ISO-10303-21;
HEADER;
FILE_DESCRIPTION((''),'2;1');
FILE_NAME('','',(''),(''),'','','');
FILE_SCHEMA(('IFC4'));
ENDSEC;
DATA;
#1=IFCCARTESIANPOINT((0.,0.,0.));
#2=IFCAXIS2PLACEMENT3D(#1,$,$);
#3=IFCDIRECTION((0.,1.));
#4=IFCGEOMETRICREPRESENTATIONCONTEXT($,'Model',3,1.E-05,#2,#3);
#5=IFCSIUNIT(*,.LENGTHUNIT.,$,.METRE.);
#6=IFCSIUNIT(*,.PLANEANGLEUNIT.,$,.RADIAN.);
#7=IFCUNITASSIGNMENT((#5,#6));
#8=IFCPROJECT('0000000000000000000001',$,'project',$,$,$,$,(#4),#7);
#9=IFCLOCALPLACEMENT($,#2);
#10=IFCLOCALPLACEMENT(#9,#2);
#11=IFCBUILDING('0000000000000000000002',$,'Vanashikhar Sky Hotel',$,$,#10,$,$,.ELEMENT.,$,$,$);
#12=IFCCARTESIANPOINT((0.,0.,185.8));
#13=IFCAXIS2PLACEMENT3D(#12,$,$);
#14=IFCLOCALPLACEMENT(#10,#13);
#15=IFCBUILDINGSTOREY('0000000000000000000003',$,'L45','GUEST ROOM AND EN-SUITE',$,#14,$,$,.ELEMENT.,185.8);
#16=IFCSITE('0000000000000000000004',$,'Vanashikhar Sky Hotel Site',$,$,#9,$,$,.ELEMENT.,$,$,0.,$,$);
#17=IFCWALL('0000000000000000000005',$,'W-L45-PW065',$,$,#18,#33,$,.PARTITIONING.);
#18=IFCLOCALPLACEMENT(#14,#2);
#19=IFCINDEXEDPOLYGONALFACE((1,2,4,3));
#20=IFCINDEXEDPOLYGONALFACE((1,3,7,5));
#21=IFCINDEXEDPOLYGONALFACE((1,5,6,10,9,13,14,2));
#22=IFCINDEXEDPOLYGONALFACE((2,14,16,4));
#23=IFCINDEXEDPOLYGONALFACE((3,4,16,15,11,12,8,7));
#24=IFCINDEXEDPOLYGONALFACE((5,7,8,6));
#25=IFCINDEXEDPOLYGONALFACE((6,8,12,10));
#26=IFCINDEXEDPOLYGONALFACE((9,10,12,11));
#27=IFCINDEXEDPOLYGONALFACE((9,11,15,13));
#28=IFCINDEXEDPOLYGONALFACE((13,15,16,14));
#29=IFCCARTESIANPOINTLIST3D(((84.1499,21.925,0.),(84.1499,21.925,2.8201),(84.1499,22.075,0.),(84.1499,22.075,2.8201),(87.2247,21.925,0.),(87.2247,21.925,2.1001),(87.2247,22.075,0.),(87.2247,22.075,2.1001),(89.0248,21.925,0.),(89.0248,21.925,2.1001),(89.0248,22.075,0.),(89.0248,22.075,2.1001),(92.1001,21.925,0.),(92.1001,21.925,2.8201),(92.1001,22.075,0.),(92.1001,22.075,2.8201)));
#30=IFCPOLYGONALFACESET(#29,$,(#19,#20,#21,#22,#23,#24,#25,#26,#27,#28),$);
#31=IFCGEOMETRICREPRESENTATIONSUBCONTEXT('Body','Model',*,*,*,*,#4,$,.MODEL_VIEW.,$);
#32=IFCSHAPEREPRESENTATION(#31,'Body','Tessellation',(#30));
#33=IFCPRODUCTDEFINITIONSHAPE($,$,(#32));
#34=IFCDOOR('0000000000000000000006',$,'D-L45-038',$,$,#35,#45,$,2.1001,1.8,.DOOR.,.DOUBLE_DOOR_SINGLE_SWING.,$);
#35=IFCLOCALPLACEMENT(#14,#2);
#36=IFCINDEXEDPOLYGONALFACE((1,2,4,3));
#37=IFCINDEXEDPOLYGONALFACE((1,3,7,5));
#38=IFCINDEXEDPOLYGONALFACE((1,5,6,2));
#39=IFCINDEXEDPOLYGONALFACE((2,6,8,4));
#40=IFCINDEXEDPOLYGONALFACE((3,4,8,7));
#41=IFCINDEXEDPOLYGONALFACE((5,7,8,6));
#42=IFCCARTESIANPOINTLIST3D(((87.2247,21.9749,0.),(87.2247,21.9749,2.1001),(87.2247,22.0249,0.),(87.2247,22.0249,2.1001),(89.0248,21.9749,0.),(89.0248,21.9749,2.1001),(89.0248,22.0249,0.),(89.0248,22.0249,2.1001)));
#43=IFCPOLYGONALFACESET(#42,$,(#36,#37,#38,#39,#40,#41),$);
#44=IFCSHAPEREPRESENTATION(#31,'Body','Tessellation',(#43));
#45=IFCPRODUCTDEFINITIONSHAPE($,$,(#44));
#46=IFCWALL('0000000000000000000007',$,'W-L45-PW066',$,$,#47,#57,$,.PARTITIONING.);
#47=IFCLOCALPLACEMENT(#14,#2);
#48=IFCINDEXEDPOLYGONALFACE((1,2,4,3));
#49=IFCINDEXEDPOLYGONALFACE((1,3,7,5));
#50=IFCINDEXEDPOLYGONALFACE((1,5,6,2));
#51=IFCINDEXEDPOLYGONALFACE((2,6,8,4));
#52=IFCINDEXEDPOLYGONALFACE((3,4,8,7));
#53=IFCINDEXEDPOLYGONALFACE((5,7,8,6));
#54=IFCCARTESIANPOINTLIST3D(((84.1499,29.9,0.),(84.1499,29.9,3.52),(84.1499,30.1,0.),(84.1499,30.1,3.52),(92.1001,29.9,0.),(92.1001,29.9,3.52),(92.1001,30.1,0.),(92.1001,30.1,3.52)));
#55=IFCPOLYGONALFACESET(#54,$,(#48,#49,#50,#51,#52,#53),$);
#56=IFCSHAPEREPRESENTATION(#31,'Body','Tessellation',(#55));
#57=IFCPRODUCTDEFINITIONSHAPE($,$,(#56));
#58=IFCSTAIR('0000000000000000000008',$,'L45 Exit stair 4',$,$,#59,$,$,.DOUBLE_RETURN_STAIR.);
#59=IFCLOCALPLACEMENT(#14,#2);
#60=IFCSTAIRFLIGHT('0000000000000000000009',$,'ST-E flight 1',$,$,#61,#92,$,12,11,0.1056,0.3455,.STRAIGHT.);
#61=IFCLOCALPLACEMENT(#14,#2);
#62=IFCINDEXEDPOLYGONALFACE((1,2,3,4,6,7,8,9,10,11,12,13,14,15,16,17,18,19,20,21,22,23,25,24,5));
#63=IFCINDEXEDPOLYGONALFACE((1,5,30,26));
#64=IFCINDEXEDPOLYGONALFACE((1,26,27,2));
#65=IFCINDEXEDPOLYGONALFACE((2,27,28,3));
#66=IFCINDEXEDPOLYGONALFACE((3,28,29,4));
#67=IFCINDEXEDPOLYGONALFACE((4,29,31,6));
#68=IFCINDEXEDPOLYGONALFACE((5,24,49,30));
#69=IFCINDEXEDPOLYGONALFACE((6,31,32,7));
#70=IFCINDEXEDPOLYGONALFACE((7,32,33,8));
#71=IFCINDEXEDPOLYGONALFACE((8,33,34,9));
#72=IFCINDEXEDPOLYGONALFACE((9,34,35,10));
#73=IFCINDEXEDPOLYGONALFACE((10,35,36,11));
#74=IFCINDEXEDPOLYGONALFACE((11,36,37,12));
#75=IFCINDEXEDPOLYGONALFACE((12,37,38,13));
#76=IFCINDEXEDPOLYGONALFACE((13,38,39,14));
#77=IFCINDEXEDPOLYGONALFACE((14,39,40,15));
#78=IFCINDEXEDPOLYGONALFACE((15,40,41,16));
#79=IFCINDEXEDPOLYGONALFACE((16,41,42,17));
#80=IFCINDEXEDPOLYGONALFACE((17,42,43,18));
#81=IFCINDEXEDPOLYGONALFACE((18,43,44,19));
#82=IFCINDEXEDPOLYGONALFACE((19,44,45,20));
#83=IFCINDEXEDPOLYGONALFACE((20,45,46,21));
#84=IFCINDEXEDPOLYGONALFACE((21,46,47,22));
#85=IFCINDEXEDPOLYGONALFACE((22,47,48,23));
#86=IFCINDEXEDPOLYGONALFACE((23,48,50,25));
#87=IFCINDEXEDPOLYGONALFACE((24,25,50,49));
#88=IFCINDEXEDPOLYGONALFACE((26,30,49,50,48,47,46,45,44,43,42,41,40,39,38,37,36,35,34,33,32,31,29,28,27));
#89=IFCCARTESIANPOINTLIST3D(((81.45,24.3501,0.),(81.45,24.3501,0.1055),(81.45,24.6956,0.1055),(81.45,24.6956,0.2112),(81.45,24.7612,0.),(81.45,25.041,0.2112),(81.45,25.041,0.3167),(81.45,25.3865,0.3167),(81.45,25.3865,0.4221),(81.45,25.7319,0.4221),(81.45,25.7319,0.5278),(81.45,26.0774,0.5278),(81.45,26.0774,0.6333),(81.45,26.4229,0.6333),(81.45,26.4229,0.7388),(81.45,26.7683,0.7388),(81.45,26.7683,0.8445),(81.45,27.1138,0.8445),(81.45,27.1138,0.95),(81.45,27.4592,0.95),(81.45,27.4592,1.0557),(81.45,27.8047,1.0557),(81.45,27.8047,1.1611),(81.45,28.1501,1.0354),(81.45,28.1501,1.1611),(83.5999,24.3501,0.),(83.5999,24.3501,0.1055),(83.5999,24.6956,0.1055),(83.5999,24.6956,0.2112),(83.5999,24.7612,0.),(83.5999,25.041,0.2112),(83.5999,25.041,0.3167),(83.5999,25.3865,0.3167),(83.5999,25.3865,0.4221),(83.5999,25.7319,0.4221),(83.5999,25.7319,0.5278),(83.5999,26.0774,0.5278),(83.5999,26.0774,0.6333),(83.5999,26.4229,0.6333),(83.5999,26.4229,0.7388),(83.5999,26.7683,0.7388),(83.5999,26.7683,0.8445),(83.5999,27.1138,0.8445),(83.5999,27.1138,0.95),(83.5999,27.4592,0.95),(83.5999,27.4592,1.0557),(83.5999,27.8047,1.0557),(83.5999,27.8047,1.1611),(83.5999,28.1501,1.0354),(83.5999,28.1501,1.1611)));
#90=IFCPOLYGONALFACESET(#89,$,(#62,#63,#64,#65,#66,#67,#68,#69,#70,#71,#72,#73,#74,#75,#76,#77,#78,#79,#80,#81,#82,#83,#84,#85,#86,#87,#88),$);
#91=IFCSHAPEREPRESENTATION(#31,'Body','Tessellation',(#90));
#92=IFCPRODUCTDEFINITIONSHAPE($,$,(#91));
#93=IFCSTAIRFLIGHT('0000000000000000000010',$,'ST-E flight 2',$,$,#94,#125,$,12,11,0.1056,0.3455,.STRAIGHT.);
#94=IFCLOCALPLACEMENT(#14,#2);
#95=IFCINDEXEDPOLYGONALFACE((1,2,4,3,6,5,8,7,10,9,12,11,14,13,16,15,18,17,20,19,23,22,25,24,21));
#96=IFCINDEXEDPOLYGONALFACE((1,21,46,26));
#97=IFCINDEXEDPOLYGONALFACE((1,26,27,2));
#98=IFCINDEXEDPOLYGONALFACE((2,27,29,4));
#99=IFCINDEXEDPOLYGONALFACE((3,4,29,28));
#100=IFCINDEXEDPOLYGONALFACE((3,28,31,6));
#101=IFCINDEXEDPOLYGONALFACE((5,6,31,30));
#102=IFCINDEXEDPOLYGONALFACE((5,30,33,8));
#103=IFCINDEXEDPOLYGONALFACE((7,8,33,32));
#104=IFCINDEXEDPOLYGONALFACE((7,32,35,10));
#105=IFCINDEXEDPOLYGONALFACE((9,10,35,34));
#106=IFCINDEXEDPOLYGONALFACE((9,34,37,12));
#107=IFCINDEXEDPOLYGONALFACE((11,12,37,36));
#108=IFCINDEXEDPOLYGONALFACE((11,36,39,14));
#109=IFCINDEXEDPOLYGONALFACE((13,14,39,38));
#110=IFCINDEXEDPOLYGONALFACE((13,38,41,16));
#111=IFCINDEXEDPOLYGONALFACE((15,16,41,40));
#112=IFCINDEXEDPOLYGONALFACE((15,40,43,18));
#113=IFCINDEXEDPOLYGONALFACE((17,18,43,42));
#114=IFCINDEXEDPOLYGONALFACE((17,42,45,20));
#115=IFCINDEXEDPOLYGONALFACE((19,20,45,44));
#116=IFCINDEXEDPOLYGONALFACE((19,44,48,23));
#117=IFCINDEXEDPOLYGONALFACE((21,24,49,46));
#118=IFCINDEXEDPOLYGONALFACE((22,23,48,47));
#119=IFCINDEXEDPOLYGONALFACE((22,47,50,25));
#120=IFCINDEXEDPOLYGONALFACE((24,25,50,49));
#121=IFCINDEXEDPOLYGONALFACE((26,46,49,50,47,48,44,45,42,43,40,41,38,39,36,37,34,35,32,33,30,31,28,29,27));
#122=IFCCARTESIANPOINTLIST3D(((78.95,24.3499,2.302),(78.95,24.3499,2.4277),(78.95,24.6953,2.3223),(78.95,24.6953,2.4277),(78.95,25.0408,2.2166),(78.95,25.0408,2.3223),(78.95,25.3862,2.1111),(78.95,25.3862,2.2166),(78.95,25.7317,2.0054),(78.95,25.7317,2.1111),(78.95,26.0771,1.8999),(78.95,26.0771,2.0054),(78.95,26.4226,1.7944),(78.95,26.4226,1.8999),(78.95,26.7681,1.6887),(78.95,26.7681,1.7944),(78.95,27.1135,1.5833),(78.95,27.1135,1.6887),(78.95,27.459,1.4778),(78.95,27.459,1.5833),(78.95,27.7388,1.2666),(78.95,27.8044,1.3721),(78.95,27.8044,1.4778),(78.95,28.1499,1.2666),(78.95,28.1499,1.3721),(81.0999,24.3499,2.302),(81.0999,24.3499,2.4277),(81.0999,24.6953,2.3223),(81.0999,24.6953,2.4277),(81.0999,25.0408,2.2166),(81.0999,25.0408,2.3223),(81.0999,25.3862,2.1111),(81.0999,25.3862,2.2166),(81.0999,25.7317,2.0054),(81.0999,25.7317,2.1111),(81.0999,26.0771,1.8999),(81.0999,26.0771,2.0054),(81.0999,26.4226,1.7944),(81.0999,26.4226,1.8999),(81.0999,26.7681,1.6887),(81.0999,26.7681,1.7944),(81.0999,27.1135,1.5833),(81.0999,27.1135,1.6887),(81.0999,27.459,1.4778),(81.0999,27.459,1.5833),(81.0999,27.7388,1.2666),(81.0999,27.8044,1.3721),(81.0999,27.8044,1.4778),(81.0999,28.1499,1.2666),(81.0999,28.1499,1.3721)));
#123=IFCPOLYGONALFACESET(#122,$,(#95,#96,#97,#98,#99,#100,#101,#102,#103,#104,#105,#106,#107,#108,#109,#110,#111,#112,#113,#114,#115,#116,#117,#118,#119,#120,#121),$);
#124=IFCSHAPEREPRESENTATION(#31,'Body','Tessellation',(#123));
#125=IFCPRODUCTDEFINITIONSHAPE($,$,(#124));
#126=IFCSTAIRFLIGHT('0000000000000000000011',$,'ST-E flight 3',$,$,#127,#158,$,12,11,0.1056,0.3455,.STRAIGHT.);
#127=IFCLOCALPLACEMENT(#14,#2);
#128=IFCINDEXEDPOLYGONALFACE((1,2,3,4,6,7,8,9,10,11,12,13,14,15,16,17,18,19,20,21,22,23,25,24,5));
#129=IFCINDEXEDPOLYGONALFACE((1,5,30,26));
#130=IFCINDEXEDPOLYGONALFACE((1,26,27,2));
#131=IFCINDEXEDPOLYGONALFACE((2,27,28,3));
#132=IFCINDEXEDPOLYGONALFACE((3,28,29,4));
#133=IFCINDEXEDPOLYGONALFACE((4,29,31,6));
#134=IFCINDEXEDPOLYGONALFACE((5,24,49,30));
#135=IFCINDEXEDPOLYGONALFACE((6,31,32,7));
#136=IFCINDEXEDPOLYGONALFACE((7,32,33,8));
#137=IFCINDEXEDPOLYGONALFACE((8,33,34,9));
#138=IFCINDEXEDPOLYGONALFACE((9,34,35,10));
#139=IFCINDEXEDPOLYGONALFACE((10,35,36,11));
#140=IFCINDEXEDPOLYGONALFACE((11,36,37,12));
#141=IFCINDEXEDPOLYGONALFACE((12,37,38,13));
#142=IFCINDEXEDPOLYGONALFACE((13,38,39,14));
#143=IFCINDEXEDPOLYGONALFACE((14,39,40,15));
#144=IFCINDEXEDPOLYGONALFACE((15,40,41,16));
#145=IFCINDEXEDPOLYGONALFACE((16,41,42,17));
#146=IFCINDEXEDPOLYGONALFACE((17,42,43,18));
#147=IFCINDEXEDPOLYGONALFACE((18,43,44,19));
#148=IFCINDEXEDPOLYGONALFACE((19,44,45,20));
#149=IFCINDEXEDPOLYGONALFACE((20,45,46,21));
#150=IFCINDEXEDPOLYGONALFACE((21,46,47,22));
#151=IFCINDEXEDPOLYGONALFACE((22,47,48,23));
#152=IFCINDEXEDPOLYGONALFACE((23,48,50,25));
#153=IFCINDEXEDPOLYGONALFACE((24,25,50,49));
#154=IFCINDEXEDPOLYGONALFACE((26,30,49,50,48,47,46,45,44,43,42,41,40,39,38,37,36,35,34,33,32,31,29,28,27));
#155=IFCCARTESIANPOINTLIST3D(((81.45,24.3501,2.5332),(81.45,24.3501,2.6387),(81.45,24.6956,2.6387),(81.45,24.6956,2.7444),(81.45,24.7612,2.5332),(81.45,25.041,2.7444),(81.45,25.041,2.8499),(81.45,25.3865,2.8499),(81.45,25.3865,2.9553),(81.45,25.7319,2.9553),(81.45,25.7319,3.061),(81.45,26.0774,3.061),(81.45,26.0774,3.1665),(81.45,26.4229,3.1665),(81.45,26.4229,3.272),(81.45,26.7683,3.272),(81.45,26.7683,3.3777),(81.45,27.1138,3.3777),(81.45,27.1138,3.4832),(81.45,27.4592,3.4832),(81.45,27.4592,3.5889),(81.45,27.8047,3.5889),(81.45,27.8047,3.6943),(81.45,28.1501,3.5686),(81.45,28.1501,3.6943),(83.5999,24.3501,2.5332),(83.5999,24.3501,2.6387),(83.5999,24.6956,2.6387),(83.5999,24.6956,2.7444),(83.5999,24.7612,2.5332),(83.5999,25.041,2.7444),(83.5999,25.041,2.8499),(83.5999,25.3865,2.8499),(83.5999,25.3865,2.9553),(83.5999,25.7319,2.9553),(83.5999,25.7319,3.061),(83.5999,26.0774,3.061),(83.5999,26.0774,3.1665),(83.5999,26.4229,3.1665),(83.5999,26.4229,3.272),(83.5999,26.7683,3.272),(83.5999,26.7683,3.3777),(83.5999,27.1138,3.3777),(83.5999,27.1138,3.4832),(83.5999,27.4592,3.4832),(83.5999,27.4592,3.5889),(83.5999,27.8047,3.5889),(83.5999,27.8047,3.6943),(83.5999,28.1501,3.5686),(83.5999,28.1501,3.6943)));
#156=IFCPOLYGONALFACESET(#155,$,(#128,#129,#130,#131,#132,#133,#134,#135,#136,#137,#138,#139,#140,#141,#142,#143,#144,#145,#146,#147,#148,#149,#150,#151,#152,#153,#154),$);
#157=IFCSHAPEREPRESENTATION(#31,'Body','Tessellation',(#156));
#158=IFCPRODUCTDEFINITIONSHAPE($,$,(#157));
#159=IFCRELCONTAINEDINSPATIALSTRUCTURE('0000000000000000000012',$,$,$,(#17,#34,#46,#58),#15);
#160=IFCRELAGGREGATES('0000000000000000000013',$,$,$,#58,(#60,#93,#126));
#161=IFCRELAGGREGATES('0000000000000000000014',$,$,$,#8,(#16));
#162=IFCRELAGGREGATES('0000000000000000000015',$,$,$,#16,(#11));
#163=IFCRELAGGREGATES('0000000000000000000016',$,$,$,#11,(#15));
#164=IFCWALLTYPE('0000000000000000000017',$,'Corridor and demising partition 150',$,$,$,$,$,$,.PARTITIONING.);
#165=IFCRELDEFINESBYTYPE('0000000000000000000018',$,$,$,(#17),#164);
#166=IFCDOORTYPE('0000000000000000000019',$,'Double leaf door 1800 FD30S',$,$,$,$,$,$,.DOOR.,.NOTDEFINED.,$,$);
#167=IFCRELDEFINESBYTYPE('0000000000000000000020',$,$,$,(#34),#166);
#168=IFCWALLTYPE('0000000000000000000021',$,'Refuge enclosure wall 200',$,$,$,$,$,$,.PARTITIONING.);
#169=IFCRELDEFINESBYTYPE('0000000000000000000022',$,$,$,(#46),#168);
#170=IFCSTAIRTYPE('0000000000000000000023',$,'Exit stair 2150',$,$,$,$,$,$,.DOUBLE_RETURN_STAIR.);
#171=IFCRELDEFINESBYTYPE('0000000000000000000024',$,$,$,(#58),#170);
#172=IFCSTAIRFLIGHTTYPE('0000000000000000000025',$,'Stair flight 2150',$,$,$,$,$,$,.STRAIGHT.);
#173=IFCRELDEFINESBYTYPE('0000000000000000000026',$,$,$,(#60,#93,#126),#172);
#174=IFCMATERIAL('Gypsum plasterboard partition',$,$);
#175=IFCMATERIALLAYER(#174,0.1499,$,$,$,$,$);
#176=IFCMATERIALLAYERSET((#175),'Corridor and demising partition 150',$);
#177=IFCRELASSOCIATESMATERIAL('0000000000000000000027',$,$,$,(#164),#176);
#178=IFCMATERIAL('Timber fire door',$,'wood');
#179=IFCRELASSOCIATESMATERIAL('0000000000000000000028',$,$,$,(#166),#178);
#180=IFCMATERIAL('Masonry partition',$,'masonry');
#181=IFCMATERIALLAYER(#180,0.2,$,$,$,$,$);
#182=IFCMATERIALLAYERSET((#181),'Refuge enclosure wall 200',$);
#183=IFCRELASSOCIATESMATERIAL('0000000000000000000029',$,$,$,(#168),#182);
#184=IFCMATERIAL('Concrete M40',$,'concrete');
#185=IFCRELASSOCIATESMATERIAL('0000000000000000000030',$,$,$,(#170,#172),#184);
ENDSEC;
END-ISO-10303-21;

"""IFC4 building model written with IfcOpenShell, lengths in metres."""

from ifc_helpers import new_model, si_unit, direction, frame, frame_2d, origin, place, context, subcontext, project, spatial, polyline, rectangle, outline, extrude, source, transform, mapped, material, layer, layer_set, type_object, element, fill, aggregate, save


model = new_model("IFC4")

# Units and contexts
model_context = context("Model", 3, precision=1e-05, world=origin(), true_north=direction((0.0, 1.0)))
body_context = subcontext(model_context, "Body", "Model", "MODEL_VIEW")
ifc_project = project(units=[si_unit("LENGTHUNIT", "METRE"), si_unit("PLANEANGLEUNIT", "RADIAN")], contexts=[model_context])

# Site, building, storey
site_placement = place(None, origin())
site = spatial("IfcSite", under=ifc_project, at=site_placement, Name="Vanashikhar Sky Hotel Site", CompositionType="ELEMENT", RefElevation=0.0)
building_placement = place(site_placement, origin())
building = spatial("IfcBuilding", under=site, at=building_placement, Name="Vanashikhar Sky Hotel", CompositionType="ELEMENT")
storey_placement = place(building_placement, frame((0.0, 0.0, 185.8)))
storey = spatial("IfcBuildingStorey", under=building, at=storey_placement, Name="L45", Description="GUEST ROOM AND EN-SUITE", CompositionType="ELEMENT", Elevation=185.8)

# Wall, opening, door
ifc_material_1 = material(Name="Gypsum plasterboard partition")
ifc_layer_1 = layer(ifc_material_1, 0.1499)
ifc_layer_set_1 = layer_set([ifc_layer_1], Name="Corridor and demising partition 150")
wall_type_1 = type_object("IfcWallType", Name="Corridor and demising partition 150", PredefinedType="PARTITIONING", material=ifc_layer_set_1)
shared_shape_1 = source(origin(), body_context, "Body", "SweptSolid", [
    extrude(rectangle(XDim=7.9502, YDim=0.1499, at=frame_2d((3.9751, 0.0))), origin(), (0.0, 0.0, 1.0), 2.8201),
])
wall_1_placement = place(storey_placement, frame((84.1499, 22.0, 0.0), z_axis=(0.0, 0.0, 1.0), x_axis=(1.0, 0.0, 0.0)))
wall_1 = element("IfcWall", 1, at=wall_1_placement, inside=storey, type_object=wall_type_1, Name="W-L45-PW065", PredefinedType="PARTITIONING", context=body_context, shape_type="MappedRepresentation", body=[
    mapped(shared_shape_1, transform((0.0, 0.0, 0.0), scale=1.0)),
])
shared_shape_2 = source(origin(), body_context, "Body", "SweptSolid", [
    extrude(rectangle(XDim=1.8, YDim=2.1001, at=frame_2d((0.8999, 1.05))), frame((0.0, 0.085, 0.0), z_axis=(0.0, -1.0, 0.0), x_axis=(1.0, 0.0, 0.0)), (0.0, 0.0, 1.0), 0.1699),
])
opening_1_placement = place(wall_1_placement, frame((3.075, 0.0, 0.0)))
opening_1 = element("IfcOpeningElement", 2, at=opening_1_placement, cuts=wall_1, PredefinedType="OPENING", context=body_context, shape_type="MappedRepresentation", body=[
    mapped(shared_shape_2, transform((0.0, 0.0, 0.0), scale=1.0)),
])
ifc_material_2 = material(Name="Timber fire door", Category="wood")
door_type_1 = type_object("IfcDoorType", Name="Double leaf door 1800 FD30S", OperationType="NOTDEFINED", PredefinedType="DOOR", material=ifc_material_2)
shared_shape_3 = source(origin(), body_context, "Body", "SweptSolid", [
    extrude(rectangle(XDim=1.8, YDim=2.1001, at=frame_2d((0.8999, 1.05))), frame((0.0, 0.0249, 0.0), z_axis=(0.0, -1.0, 0.0), x_axis=(1.0, 0.0, 0.0)), (0.0, 0.0, 1.0), 0.05),
])
door_1_placement = place(opening_1_placement, origin())
door_1 = element("IfcDoor", 3, at=door_1_placement, inside=storey, type_object=door_type_1, Name="D-L45-038", OperationType="DOUBLE_DOOR_SINGLE_SWING", OverallHeight=2.1001, OverallWidth=1.8, PredefinedType="DOOR", context=body_context, shape_type="MappedRepresentation", body=[
    mapped(shared_shape_3, transform((0.0, 0.0, 0.0), scale=1.0)),
])
fill(opening_1, door_1)

# Wall
ifc_material_3 = material(Name="Masonry partition", Category="masonry")
ifc_layer_2 = layer(ifc_material_3, 0.2)
ifc_layer_set_2 = layer_set([ifc_layer_2], Name="Refuge enclosure wall 200")
wall_type_2 = type_object("IfcWallType", Name="Refuge enclosure wall 200", PredefinedType="PARTITIONING", material=ifc_layer_set_2)
shared_shape_4 = source(origin(), body_context, "Body", "SweptSolid", [
    extrude(rectangle(XDim=7.9502, YDim=0.2, at=frame_2d((3.9751, 0.0))), origin(), (0.0, 0.0, 1.0), 3.52),
])
wall_2_placement = place(storey_placement, frame((84.1499, 30.0, 0.0), z_axis=(0.0, 0.0, 1.0), x_axis=(1.0, 0.0, 0.0)))
element("IfcWall", 4, at=wall_2_placement, inside=storey, type_object=wall_type_2, Name="W-L45-PW066", PredefinedType="PARTITIONING", context=body_context, shape_type="MappedRepresentation", body=[
    mapped(shared_shape_4, transform((0.0, 0.0, 0.0), scale=1.0)),
])

# Stair, stair flights
ifc_material_4 = material(Name="Concrete M40", Category="concrete")
stair_type = type_object("IfcStairType", Name="Exit stair 2150", PredefinedType="DOUBLE_RETURN_STAIR", material=ifc_material_4)
stair_placement = place(storey_placement, origin())
stair = element("IfcStair", 5, at=stair_placement, inside=storey, type_object=stair_type, Name="L45 Exit stair 4", PredefinedType="DOUBLE_RETURN_STAIR")
stair_flight_type = type_object("IfcStairFlightType", Name="Stair flight 2150", PredefinedType="STRAIGHT", material=ifc_material_4)
shared_shape_5 = source(origin(), body_context, "Body", "SweptSolid", [
    extrude(outline(polyline([(0.0, 0.0), (0.0, 0.1055), (0.3455, 0.1055), (0.3455, 0.2112), (0.6909, 0.2112), (0.6909, 0.3167), (1.0364, 0.3167), (1.0364, 0.4221), (1.3818, 0.4221), (1.3818, 0.5278), (1.7273, 0.5278), (1.7273, 0.6333), (2.0728, 0.6333), (2.0728, 0.7388), (2.4182, 0.7388), (2.4182, 0.8445), (2.7637, 0.8445), (2.7637, 0.95), (3.1091, 0.95), (3.1091, 1.0557), (3.4546, 1.0557), (3.4546, 1.1611), (3.8, 1.1611), (3.8, 1.2666), (3.8, 1.0354), (0.4111, 0.0), (0.0, 0.0)])), frame((0.0, 1.075, 0.0), z_axis=(0.0, -1.0, 0.0), x_axis=(1.0, 0.0, 0.0)), (0.0, 0.0, 1.0), 2.1499),
])
stair_flight_1_placement = place(storey_placement, frame((82.5249, 24.3501, 0.0), z_axis=(0.0, 0.0, 1.0), x_axis=(0.0, 1.0, 0.0)))
stair_flight_1 = element("IfcStairFlight", 6, at=stair_flight_1_placement, type_object=stair_flight_type, Name="ST-E flight 1", NumberOfRisers=12, NumberOfTreads=11, PredefinedType="STRAIGHT", RiserHeight=0.1056, TreadLength=0.3455, context=body_context, shape_type="MappedRepresentation", body=[
    mapped(shared_shape_5, transform((0.0, 0.0, 0.0), scale=1.0)),
])
stair_flight_2_placement = place(storey_placement, frame((80.0249, 28.1499, 1.2666), z_axis=(0.0, 0.0, 1.0), x_axis=(0.0, -1.0, 0.0)))
stair_flight_2 = element("IfcStairFlight", 7, at=stair_flight_2_placement, type_object=stair_flight_type, Name="ST-E flight 2", NumberOfRisers=12, NumberOfTreads=11, PredefinedType="STRAIGHT", RiserHeight=0.1056, TreadLength=0.3455, context=body_context, shape_type="MappedRepresentation", body=[
    mapped(shared_shape_5, transform((0.0, 0.0, 0.0), scale=1.0)),
])
stair_flight_3_placement = place(storey_placement, frame((82.5249, 24.3501, 2.5332), z_axis=(0.0, 0.0, 1.0), x_axis=(0.0, 1.0, 0.0)))
stair_flight_3 = element("IfcStairFlight", 8, at=stair_flight_3_placement, type_object=stair_flight_type, Name="ST-E flight 3", NumberOfRisers=12, NumberOfTreads=11, PredefinedType="STRAIGHT", RiserHeight=0.1056, TreadLength=0.3455, context=body_context, shape_type="MappedRepresentation", body=[
    mapped(shared_shape_5, transform((0.0, 0.0, 0.0), scale=1.0)),
])
aggregate(stair, [stair_flight_1, stair_flight_2, stair_flight_3])

save(model, "model.ifc")
